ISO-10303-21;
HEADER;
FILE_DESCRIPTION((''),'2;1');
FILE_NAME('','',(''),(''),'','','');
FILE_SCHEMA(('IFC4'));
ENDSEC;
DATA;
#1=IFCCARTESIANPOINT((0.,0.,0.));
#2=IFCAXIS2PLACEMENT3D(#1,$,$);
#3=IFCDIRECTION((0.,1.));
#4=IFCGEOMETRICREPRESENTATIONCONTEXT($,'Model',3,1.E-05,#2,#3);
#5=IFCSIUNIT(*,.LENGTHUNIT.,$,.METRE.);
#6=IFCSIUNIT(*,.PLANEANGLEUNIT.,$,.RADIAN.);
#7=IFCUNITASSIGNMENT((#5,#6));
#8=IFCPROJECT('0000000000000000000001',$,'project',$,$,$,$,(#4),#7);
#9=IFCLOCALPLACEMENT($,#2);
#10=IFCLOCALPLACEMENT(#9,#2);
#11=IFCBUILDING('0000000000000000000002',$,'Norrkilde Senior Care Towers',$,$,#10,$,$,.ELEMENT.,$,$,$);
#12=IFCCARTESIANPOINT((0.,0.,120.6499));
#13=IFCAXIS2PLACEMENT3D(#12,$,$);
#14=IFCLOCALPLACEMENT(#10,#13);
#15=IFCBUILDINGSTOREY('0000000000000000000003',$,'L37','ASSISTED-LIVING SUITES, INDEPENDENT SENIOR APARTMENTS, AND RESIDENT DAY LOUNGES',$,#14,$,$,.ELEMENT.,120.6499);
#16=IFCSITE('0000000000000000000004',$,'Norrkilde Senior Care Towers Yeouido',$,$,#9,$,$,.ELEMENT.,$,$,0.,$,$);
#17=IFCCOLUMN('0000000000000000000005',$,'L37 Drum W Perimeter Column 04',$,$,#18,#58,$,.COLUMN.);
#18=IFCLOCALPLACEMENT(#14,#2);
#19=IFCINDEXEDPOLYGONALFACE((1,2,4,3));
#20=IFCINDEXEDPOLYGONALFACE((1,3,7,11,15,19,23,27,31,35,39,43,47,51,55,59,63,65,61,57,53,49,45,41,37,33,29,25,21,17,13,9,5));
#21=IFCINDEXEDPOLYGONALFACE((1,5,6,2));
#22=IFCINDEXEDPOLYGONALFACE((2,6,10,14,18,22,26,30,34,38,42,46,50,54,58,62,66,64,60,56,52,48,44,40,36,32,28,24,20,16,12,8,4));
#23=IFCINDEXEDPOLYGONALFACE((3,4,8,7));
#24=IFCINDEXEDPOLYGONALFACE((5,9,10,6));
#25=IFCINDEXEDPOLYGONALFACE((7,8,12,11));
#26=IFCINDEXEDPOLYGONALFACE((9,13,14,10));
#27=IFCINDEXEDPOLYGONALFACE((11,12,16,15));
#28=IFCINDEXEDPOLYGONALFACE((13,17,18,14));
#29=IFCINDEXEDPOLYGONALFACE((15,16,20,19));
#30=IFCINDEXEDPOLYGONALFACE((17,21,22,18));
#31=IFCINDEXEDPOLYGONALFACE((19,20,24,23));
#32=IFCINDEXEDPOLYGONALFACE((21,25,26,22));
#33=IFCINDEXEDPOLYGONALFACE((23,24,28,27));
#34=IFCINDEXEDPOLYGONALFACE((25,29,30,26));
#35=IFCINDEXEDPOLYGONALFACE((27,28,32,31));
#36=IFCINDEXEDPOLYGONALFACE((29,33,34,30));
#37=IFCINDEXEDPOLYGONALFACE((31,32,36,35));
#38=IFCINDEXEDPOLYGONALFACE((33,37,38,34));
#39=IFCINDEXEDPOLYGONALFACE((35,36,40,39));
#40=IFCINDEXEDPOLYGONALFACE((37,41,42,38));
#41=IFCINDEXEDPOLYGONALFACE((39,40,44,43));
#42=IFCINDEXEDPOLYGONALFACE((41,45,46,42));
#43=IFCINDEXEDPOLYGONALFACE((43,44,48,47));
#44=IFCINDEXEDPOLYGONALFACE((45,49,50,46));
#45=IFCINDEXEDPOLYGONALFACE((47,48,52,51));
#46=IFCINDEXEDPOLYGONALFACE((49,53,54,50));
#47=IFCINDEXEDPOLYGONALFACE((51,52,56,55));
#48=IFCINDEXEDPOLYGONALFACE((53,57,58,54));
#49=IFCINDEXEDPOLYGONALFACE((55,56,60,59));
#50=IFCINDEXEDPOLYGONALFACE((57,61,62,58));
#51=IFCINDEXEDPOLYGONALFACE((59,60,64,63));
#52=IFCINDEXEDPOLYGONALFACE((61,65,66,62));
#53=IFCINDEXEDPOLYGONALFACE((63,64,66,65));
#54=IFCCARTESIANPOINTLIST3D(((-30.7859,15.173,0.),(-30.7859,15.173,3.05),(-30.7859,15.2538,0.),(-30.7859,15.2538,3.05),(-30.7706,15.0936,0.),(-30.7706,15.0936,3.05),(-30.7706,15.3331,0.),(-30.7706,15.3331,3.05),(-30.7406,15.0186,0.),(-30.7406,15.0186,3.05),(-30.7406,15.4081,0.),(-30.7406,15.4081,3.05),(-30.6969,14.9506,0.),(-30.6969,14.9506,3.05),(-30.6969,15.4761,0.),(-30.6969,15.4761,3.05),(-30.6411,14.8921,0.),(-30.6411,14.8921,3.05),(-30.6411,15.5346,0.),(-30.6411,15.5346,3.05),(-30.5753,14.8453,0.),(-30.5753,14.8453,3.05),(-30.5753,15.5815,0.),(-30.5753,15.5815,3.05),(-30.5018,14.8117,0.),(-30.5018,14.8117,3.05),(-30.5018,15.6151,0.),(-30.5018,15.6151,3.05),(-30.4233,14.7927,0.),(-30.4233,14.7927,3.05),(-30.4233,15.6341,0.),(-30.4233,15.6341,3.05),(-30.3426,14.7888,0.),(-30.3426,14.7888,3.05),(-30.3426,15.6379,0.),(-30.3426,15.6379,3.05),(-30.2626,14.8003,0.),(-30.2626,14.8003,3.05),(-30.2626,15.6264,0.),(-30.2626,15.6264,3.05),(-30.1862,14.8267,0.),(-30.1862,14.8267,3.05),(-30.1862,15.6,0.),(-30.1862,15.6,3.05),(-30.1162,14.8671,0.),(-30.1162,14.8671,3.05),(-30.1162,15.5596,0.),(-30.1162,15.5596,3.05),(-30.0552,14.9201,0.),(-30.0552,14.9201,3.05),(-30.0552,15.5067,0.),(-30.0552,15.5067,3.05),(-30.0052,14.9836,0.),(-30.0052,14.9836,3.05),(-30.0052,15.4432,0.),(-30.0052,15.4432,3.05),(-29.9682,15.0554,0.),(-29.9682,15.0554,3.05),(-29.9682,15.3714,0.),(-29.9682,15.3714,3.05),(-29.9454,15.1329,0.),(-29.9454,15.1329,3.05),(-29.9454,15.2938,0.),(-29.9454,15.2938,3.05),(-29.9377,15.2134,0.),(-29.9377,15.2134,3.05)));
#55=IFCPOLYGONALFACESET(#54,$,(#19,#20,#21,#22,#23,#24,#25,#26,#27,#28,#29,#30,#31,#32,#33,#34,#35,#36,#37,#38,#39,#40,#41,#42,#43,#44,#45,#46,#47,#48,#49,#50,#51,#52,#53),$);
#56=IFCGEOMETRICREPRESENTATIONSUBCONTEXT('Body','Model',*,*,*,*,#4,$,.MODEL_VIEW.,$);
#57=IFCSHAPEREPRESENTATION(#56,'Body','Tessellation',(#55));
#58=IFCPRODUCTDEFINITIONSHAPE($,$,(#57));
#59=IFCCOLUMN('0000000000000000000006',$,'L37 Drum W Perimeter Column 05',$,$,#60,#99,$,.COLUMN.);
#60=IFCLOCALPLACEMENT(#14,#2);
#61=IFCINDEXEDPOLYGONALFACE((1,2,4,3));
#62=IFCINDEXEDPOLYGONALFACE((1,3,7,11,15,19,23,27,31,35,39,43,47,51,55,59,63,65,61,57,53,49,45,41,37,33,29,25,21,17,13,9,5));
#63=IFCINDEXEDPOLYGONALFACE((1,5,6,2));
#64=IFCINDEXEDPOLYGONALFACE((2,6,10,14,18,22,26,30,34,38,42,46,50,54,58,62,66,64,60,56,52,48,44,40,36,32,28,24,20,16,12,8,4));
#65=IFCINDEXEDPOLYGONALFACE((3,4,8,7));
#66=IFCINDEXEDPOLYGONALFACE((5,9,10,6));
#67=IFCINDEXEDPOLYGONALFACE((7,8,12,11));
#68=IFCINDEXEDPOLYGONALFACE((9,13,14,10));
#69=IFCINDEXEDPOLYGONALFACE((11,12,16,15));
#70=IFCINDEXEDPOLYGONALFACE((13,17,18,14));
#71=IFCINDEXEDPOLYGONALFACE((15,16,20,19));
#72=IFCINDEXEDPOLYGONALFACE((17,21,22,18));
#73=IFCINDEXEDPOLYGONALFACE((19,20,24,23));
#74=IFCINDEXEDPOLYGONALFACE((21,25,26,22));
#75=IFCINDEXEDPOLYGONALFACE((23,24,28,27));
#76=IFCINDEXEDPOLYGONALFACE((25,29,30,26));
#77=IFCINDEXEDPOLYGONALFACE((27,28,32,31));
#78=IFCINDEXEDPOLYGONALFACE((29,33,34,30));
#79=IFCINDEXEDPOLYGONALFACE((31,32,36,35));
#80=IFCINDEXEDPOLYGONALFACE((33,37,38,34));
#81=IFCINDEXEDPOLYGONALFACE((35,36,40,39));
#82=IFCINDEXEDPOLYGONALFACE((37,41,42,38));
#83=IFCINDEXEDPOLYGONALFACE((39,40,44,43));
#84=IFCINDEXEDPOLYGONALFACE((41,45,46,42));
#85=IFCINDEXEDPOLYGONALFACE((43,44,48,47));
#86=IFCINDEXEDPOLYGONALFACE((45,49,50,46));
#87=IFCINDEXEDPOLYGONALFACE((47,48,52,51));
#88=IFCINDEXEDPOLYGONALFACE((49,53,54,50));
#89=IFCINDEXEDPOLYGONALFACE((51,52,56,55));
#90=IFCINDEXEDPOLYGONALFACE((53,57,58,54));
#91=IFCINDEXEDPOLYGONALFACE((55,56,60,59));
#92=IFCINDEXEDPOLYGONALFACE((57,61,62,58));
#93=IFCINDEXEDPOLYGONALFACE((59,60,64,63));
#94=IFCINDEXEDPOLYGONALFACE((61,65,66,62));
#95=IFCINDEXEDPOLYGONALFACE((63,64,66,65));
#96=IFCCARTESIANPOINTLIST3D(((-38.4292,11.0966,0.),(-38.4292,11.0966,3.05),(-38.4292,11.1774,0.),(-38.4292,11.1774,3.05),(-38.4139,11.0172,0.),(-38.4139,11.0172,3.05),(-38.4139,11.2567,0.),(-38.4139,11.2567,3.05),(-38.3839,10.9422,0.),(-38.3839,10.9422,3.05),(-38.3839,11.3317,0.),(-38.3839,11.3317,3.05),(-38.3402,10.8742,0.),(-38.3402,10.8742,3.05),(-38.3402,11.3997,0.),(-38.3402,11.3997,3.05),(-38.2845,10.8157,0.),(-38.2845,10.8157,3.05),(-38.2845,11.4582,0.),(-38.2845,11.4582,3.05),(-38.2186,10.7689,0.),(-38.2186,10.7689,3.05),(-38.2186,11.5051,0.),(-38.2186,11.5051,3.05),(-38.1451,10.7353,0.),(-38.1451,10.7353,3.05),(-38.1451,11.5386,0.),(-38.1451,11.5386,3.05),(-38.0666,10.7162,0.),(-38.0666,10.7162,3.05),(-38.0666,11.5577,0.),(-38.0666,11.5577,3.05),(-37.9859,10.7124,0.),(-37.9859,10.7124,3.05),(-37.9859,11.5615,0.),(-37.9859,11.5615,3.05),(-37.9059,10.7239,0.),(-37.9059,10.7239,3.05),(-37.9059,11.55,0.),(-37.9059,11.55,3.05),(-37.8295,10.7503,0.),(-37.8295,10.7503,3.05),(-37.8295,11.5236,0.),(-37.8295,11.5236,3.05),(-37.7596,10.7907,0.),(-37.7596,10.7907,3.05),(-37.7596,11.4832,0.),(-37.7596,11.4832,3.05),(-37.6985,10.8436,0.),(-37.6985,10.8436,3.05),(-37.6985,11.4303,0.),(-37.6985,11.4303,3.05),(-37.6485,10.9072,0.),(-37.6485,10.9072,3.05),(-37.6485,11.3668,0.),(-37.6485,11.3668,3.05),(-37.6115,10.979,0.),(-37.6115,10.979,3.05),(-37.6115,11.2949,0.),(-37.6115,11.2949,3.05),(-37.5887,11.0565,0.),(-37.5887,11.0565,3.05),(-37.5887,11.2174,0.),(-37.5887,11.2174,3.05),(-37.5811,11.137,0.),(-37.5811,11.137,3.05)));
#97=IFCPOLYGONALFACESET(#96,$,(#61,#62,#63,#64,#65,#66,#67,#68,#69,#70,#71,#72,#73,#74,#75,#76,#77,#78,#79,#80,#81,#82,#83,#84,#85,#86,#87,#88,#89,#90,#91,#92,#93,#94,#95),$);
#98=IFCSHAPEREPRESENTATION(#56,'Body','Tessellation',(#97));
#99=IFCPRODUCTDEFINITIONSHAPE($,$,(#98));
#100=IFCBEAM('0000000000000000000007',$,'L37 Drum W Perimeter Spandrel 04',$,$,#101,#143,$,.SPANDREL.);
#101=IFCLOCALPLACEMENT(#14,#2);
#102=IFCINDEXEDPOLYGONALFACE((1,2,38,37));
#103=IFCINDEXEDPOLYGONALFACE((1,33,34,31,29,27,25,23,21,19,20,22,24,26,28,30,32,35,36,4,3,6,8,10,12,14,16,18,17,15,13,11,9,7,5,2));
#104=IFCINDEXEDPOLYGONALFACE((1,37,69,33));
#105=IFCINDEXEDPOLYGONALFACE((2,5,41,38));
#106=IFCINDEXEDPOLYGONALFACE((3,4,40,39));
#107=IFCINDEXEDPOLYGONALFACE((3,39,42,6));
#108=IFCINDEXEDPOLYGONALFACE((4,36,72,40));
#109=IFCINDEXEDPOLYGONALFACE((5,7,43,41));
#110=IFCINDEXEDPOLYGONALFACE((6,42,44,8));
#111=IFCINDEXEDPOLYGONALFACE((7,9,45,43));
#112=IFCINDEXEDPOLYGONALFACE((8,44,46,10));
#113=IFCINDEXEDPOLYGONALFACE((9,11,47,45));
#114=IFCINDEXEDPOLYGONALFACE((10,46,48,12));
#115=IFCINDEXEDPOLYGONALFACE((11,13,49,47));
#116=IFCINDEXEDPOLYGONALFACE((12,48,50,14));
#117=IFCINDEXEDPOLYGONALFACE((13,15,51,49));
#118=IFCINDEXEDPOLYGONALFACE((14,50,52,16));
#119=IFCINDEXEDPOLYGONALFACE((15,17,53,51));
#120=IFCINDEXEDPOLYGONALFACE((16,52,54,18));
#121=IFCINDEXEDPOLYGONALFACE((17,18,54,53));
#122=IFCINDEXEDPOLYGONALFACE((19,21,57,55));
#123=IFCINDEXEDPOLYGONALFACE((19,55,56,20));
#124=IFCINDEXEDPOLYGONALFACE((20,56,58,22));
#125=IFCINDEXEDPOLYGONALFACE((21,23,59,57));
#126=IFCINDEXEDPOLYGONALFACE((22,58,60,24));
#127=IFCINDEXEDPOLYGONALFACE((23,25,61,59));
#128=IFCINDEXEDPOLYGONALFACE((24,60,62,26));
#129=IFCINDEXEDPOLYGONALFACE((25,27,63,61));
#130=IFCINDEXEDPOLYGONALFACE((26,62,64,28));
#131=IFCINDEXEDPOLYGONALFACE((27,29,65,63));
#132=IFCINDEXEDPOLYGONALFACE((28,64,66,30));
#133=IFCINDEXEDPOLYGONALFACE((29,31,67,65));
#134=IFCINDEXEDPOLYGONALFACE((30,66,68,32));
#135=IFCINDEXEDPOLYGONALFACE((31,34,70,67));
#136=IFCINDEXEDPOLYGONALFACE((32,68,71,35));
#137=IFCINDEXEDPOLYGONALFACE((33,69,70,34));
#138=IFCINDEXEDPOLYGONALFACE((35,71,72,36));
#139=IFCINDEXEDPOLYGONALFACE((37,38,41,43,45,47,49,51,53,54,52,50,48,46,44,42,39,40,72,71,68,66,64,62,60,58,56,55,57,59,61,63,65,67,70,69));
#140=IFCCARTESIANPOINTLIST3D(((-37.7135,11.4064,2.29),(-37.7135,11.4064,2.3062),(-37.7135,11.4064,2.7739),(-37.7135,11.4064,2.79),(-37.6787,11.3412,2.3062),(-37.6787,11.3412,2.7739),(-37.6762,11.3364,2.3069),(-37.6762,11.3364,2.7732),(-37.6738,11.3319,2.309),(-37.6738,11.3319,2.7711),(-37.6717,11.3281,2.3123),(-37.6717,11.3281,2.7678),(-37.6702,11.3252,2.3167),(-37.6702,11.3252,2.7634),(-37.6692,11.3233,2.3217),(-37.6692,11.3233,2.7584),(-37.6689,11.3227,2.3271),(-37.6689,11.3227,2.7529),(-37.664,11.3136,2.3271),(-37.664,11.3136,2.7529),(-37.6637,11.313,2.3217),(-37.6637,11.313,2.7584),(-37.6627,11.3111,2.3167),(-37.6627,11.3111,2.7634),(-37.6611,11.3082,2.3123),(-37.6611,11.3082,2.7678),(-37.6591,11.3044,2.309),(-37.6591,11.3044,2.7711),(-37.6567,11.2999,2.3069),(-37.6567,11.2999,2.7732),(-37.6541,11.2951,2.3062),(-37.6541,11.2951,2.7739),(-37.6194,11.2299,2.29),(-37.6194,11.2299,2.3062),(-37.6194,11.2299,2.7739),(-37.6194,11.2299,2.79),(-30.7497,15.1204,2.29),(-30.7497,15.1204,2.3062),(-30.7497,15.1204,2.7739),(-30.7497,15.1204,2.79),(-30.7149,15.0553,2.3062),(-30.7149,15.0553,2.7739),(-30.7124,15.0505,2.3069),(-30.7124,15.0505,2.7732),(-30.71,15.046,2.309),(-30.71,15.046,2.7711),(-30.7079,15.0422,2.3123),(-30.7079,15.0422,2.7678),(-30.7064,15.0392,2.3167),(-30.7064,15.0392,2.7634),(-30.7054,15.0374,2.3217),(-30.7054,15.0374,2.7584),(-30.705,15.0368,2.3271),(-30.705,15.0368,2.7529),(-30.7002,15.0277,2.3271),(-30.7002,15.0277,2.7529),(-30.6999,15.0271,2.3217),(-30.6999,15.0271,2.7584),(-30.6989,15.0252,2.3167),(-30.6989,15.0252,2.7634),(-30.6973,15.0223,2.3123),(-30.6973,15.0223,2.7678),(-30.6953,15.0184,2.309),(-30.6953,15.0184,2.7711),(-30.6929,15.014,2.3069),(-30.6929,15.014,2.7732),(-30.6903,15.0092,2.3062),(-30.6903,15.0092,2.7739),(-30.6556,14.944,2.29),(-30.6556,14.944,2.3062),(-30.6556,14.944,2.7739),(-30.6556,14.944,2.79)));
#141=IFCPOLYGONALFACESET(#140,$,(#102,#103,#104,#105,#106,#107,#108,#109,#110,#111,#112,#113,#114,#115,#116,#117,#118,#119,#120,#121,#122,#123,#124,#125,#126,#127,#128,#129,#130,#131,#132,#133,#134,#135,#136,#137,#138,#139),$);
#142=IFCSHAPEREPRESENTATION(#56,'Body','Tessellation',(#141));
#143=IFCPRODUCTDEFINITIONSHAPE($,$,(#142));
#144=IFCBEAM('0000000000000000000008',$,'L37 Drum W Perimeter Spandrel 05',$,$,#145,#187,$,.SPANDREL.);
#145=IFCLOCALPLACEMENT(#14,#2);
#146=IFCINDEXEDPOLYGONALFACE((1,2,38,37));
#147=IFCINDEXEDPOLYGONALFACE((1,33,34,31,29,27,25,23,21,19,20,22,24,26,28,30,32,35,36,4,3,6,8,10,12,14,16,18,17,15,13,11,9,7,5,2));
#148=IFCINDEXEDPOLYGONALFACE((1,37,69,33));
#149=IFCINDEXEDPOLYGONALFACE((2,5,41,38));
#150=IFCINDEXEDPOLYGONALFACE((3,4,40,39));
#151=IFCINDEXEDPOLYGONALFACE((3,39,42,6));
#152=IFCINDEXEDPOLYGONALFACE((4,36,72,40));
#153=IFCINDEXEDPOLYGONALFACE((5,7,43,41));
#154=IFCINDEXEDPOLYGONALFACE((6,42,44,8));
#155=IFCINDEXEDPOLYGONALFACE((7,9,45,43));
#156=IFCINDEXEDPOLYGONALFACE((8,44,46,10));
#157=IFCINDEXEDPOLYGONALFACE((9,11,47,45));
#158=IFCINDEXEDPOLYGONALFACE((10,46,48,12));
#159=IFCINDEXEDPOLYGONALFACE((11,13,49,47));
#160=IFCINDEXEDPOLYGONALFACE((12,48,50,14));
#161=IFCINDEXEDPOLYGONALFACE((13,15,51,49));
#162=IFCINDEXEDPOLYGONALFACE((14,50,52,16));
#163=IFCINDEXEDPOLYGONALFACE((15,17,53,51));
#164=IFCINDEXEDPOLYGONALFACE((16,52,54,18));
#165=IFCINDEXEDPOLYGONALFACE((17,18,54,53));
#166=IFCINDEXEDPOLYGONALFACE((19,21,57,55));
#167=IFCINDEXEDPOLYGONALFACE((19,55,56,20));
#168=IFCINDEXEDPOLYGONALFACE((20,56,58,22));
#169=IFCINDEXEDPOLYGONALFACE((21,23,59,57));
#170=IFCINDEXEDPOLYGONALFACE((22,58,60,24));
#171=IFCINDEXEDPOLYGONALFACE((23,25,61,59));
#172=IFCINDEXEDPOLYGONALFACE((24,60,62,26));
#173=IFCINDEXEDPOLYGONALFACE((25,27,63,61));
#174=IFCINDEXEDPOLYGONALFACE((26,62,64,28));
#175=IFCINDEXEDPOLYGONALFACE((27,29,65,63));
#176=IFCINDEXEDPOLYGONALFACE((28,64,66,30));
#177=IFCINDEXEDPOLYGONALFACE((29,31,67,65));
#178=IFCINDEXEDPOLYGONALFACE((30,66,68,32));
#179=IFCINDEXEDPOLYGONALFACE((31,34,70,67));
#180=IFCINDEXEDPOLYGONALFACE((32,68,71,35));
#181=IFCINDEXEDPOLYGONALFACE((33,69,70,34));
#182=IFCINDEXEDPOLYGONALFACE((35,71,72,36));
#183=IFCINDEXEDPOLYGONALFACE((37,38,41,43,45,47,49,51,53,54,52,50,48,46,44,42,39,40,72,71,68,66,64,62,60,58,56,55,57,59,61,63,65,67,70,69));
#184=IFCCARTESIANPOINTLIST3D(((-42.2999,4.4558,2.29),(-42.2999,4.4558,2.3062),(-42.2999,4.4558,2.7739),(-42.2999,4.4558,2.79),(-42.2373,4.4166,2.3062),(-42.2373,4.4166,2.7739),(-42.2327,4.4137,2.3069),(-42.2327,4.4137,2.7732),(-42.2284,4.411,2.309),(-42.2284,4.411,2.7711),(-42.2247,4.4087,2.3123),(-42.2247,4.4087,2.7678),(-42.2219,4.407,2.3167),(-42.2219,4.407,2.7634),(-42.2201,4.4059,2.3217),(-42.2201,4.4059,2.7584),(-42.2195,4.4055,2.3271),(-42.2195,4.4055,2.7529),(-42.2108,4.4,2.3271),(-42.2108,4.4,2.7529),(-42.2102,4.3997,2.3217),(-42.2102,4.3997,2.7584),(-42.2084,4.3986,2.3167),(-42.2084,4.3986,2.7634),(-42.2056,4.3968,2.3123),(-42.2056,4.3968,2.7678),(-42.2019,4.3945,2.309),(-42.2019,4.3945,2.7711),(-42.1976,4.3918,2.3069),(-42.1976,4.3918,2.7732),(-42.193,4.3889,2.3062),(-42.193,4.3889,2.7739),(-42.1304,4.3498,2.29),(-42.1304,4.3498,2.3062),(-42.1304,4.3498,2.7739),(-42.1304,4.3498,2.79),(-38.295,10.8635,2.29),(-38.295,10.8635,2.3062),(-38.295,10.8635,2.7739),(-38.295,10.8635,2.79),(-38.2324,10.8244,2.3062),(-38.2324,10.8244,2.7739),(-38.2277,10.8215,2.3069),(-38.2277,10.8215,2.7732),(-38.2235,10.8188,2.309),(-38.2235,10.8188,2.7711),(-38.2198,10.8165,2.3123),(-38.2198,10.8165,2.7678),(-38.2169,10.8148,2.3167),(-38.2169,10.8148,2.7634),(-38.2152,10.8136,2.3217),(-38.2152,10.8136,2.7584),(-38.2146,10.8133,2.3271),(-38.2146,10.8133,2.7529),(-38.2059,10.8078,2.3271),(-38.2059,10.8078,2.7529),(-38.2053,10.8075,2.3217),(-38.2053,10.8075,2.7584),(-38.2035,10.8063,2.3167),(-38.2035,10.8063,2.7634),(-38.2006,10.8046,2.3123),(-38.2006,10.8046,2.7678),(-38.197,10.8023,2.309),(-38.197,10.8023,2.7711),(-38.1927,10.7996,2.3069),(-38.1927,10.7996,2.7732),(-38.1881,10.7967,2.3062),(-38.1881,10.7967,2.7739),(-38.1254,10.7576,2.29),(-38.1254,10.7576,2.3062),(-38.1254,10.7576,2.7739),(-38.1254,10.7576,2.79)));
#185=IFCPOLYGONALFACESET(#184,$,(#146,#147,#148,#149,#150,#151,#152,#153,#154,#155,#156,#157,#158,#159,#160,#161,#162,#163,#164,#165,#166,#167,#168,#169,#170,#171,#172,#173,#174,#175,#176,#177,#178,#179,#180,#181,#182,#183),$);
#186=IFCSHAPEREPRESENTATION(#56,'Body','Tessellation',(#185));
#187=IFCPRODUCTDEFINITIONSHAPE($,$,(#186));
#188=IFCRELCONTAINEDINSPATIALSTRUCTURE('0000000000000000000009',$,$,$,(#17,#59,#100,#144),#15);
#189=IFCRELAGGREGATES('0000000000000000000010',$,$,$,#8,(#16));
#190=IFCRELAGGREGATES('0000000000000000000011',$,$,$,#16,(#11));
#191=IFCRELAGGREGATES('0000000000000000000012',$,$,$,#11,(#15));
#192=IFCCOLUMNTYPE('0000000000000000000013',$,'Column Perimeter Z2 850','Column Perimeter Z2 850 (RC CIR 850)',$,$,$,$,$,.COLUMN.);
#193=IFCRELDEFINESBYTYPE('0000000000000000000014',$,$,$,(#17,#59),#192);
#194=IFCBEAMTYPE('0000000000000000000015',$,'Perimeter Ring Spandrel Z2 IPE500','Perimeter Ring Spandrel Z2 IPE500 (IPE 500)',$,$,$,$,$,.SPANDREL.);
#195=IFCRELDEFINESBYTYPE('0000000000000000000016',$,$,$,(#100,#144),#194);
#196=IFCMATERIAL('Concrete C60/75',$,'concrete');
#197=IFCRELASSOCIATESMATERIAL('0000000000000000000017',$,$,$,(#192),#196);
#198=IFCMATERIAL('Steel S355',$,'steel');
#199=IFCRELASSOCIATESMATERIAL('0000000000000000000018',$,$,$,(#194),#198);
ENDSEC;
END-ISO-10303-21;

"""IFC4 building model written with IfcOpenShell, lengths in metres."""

from ifc_helpers import new_model, si_unit, direction, frame, origin, origin_2d, place, context, subcontext, project, spatial, circle, i_section, extrude, source, transform, mapped, material, material_profile, profile_set, type_object, type_shapes, element, save


model = new_model("IFC4")

# Units and contexts
model_context = context("Model", 3, precision=1e-05, world=origin(), true_north=direction((0.0, 1.0)))
body_context = subcontext(model_context, "Body", "Model", "MODEL_VIEW")
ifc_project = project(units=[si_unit("LENGTHUNIT", "METRE"), si_unit("PLANEANGLEUNIT", "RADIAN")], contexts=[model_context])

# Site, building, storey
site_placement = place(None, origin())
site = spatial("IfcSite", under=ifc_project, at=site_placement, Name="Norrkilde Senior Care Towers Yeouido", CompositionType="ELEMENT", RefElevation=0.0)
building_placement = place(site_placement, origin())
building = spatial("IfcBuilding", under=site, at=building_placement, Name="Norrkilde Senior Care Towers", CompositionType="ELEMENT")
storey_placement = place(building_placement, frame((0.0, 0.0, 120.6499)))
storey = spatial("IfcBuildingStorey", under=building, at=storey_placement, Name="L37", Description="ASSISTED-LIVING SUITES, INDEPENDENT SENIOR APARTMENTS, AND RESIDENT DAY LOUNGES", CompositionType="ELEMENT", Elevation=120.6499)

# Columns
ifc_material_1 = material(Name="Concrete C60/75", Category="concrete")
ifc_material_profile_1 = material_profile(ifc_material_1, circle(Radius=0.425, at=origin_2d()), Name="RC CIR 850")
ifc_profile_set_1 = profile_set([ifc_material_profile_1], Name="Concrete C60/75")
column_type = type_object("IfcColumnType", Name="Column Perimeter Z2 850", Description="Column Perimeter Z2 850 (RC CIR 850)", PredefinedType="COLUMN", material=ifc_profile_set_1)
shared_shape_1 = source(origin(), body_context, "Body", "SweptSolid", [
    extrude(circle(Radius=0.425, at=origin_2d()), origin(), (0.0, 0.0, 1.0), 3.05),
])
type_shapes(column_type, [shared_shape_1])
for number, where, z_axis, x_axis, name in (
    (1, (-30.3628, 15.2134, 0.0), (0.0, 0.0, 1.0), (1.0, 0.0, 0.0), "L37 Drum W Perimeter Column 04"),
    (2, (-38.0061, 11.137, 0.0), (0.0, 0.0, 1.0), (1.0, 0.0, 0.0), "L37 Drum W Perimeter Column 05"),
):
    element("IfcColumn", number, at=place(storey_placement, frame(where, z_axis=z_axis, x_axis=x_axis)), inside=storey, type_object=column_type, Name=name, PredefinedType="COLUMN", context=body_context, shape_type="MappedRepresentation", body=[
        mapped(shared_shape_1, transform((0.0, 0.0, 0.0), x_axis=(1.0, 0.0, 0.0), y_axis=(0.0, 1.0, 0.0), z_axis=(0.0, 0.0, 1.0), scale=1.0)),
    ])

# Beams
ifc_material_2 = material(Name="Steel S355", Category="steel")
ifc_material_profile_2 = material_profile(ifc_material_2, i_section(OverallWidth=0.2, OverallDepth=0.5, WebThickness=0.0103, FlangeThickness=0.0161, FilletRadius=0.021, at=origin_2d()), Name="IPE 500")
ifc_profile_set_2 = profile_set([ifc_material_profile_2], Name="Steel S355")
beam_type_1 = type_object("IfcBeamType", Name="Perimeter Ring Spandrel Z2 IPE500", Description="Perimeter Ring Spandrel Z2 IPE500 (IPE 500)", PredefinedType="SPANDREL", material=ifc_profile_set_2)
shared_shape_2 = source(origin(), body_context, "Body", "SweptSolid", [
    extrude(i_section(OverallWidth=0.2, OverallDepth=0.5, WebThickness=0.0103, FlangeThickness=0.0161, FilletRadius=0.021, at=origin_2d()), origin(), (0.0, 0.0, 1.0), 7.8923),
])
beam_1_placement = place(storey_placement, frame((-30.7026, 15.0322, 2.54), z_axis=(-0.88235, -0.470593, 0.0), x_axis=(0.470593, -0.88235, 0.0)))
element("IfcBeam", 3, at=beam_1_placement, inside=storey, type_object=beam_type_1, Name="L37 Drum W Perimeter Spandrel 04", PredefinedType="SPANDREL", context=body_context, shape_type="MappedRepresentation", body=[
    mapped(shared_shape_2, transform((0.0, 0.0, 0.0), x_axis=(1.0, 0.0, 0.0), y_axis=(0.0, 1.0, 0.0), z_axis=(0.0, 0.0, 1.0), scale=1.0)),
])
shared_shape_3 = source(origin(), body_context, "Body", "SweptSolid", [
    extrude(i_section(OverallWidth=0.2, OverallDepth=0.5, WebThickness=0.0103, FlangeThickness=0.0161, FilletRadius=0.021, at=origin_2d()), origin(), (0.0, 0.0, 1.0), 7.5564),
])
type_shapes(beam_type_1, [shared_shape_2, shared_shape_3])
beam_2_placement = place(storey_placement, frame((-38.2102, 10.8105, 2.54), z_axis=(-0.530005, -0.847995, 0.0), x_axis=(0.847995, -0.530005, 0.0)))
element("IfcBeam", 4, at=beam_2_placement, inside=storey, type_object=beam_type_1, Name="L37 Drum W Perimeter Spandrel 05", PredefinedType="SPANDREL", context=body_context, shape_type="MappedRepresentation", body=[
    mapped(shared_shape_3, transform((0.0, 0.0, 0.0), x_axis=(1.0, 0.0, 0.0), y_axis=(0.0, 1.0, 0.0), z_axis=(0.0, 0.0, 1.0), scale=1.0)),
])

save(model, "model.ifc")
